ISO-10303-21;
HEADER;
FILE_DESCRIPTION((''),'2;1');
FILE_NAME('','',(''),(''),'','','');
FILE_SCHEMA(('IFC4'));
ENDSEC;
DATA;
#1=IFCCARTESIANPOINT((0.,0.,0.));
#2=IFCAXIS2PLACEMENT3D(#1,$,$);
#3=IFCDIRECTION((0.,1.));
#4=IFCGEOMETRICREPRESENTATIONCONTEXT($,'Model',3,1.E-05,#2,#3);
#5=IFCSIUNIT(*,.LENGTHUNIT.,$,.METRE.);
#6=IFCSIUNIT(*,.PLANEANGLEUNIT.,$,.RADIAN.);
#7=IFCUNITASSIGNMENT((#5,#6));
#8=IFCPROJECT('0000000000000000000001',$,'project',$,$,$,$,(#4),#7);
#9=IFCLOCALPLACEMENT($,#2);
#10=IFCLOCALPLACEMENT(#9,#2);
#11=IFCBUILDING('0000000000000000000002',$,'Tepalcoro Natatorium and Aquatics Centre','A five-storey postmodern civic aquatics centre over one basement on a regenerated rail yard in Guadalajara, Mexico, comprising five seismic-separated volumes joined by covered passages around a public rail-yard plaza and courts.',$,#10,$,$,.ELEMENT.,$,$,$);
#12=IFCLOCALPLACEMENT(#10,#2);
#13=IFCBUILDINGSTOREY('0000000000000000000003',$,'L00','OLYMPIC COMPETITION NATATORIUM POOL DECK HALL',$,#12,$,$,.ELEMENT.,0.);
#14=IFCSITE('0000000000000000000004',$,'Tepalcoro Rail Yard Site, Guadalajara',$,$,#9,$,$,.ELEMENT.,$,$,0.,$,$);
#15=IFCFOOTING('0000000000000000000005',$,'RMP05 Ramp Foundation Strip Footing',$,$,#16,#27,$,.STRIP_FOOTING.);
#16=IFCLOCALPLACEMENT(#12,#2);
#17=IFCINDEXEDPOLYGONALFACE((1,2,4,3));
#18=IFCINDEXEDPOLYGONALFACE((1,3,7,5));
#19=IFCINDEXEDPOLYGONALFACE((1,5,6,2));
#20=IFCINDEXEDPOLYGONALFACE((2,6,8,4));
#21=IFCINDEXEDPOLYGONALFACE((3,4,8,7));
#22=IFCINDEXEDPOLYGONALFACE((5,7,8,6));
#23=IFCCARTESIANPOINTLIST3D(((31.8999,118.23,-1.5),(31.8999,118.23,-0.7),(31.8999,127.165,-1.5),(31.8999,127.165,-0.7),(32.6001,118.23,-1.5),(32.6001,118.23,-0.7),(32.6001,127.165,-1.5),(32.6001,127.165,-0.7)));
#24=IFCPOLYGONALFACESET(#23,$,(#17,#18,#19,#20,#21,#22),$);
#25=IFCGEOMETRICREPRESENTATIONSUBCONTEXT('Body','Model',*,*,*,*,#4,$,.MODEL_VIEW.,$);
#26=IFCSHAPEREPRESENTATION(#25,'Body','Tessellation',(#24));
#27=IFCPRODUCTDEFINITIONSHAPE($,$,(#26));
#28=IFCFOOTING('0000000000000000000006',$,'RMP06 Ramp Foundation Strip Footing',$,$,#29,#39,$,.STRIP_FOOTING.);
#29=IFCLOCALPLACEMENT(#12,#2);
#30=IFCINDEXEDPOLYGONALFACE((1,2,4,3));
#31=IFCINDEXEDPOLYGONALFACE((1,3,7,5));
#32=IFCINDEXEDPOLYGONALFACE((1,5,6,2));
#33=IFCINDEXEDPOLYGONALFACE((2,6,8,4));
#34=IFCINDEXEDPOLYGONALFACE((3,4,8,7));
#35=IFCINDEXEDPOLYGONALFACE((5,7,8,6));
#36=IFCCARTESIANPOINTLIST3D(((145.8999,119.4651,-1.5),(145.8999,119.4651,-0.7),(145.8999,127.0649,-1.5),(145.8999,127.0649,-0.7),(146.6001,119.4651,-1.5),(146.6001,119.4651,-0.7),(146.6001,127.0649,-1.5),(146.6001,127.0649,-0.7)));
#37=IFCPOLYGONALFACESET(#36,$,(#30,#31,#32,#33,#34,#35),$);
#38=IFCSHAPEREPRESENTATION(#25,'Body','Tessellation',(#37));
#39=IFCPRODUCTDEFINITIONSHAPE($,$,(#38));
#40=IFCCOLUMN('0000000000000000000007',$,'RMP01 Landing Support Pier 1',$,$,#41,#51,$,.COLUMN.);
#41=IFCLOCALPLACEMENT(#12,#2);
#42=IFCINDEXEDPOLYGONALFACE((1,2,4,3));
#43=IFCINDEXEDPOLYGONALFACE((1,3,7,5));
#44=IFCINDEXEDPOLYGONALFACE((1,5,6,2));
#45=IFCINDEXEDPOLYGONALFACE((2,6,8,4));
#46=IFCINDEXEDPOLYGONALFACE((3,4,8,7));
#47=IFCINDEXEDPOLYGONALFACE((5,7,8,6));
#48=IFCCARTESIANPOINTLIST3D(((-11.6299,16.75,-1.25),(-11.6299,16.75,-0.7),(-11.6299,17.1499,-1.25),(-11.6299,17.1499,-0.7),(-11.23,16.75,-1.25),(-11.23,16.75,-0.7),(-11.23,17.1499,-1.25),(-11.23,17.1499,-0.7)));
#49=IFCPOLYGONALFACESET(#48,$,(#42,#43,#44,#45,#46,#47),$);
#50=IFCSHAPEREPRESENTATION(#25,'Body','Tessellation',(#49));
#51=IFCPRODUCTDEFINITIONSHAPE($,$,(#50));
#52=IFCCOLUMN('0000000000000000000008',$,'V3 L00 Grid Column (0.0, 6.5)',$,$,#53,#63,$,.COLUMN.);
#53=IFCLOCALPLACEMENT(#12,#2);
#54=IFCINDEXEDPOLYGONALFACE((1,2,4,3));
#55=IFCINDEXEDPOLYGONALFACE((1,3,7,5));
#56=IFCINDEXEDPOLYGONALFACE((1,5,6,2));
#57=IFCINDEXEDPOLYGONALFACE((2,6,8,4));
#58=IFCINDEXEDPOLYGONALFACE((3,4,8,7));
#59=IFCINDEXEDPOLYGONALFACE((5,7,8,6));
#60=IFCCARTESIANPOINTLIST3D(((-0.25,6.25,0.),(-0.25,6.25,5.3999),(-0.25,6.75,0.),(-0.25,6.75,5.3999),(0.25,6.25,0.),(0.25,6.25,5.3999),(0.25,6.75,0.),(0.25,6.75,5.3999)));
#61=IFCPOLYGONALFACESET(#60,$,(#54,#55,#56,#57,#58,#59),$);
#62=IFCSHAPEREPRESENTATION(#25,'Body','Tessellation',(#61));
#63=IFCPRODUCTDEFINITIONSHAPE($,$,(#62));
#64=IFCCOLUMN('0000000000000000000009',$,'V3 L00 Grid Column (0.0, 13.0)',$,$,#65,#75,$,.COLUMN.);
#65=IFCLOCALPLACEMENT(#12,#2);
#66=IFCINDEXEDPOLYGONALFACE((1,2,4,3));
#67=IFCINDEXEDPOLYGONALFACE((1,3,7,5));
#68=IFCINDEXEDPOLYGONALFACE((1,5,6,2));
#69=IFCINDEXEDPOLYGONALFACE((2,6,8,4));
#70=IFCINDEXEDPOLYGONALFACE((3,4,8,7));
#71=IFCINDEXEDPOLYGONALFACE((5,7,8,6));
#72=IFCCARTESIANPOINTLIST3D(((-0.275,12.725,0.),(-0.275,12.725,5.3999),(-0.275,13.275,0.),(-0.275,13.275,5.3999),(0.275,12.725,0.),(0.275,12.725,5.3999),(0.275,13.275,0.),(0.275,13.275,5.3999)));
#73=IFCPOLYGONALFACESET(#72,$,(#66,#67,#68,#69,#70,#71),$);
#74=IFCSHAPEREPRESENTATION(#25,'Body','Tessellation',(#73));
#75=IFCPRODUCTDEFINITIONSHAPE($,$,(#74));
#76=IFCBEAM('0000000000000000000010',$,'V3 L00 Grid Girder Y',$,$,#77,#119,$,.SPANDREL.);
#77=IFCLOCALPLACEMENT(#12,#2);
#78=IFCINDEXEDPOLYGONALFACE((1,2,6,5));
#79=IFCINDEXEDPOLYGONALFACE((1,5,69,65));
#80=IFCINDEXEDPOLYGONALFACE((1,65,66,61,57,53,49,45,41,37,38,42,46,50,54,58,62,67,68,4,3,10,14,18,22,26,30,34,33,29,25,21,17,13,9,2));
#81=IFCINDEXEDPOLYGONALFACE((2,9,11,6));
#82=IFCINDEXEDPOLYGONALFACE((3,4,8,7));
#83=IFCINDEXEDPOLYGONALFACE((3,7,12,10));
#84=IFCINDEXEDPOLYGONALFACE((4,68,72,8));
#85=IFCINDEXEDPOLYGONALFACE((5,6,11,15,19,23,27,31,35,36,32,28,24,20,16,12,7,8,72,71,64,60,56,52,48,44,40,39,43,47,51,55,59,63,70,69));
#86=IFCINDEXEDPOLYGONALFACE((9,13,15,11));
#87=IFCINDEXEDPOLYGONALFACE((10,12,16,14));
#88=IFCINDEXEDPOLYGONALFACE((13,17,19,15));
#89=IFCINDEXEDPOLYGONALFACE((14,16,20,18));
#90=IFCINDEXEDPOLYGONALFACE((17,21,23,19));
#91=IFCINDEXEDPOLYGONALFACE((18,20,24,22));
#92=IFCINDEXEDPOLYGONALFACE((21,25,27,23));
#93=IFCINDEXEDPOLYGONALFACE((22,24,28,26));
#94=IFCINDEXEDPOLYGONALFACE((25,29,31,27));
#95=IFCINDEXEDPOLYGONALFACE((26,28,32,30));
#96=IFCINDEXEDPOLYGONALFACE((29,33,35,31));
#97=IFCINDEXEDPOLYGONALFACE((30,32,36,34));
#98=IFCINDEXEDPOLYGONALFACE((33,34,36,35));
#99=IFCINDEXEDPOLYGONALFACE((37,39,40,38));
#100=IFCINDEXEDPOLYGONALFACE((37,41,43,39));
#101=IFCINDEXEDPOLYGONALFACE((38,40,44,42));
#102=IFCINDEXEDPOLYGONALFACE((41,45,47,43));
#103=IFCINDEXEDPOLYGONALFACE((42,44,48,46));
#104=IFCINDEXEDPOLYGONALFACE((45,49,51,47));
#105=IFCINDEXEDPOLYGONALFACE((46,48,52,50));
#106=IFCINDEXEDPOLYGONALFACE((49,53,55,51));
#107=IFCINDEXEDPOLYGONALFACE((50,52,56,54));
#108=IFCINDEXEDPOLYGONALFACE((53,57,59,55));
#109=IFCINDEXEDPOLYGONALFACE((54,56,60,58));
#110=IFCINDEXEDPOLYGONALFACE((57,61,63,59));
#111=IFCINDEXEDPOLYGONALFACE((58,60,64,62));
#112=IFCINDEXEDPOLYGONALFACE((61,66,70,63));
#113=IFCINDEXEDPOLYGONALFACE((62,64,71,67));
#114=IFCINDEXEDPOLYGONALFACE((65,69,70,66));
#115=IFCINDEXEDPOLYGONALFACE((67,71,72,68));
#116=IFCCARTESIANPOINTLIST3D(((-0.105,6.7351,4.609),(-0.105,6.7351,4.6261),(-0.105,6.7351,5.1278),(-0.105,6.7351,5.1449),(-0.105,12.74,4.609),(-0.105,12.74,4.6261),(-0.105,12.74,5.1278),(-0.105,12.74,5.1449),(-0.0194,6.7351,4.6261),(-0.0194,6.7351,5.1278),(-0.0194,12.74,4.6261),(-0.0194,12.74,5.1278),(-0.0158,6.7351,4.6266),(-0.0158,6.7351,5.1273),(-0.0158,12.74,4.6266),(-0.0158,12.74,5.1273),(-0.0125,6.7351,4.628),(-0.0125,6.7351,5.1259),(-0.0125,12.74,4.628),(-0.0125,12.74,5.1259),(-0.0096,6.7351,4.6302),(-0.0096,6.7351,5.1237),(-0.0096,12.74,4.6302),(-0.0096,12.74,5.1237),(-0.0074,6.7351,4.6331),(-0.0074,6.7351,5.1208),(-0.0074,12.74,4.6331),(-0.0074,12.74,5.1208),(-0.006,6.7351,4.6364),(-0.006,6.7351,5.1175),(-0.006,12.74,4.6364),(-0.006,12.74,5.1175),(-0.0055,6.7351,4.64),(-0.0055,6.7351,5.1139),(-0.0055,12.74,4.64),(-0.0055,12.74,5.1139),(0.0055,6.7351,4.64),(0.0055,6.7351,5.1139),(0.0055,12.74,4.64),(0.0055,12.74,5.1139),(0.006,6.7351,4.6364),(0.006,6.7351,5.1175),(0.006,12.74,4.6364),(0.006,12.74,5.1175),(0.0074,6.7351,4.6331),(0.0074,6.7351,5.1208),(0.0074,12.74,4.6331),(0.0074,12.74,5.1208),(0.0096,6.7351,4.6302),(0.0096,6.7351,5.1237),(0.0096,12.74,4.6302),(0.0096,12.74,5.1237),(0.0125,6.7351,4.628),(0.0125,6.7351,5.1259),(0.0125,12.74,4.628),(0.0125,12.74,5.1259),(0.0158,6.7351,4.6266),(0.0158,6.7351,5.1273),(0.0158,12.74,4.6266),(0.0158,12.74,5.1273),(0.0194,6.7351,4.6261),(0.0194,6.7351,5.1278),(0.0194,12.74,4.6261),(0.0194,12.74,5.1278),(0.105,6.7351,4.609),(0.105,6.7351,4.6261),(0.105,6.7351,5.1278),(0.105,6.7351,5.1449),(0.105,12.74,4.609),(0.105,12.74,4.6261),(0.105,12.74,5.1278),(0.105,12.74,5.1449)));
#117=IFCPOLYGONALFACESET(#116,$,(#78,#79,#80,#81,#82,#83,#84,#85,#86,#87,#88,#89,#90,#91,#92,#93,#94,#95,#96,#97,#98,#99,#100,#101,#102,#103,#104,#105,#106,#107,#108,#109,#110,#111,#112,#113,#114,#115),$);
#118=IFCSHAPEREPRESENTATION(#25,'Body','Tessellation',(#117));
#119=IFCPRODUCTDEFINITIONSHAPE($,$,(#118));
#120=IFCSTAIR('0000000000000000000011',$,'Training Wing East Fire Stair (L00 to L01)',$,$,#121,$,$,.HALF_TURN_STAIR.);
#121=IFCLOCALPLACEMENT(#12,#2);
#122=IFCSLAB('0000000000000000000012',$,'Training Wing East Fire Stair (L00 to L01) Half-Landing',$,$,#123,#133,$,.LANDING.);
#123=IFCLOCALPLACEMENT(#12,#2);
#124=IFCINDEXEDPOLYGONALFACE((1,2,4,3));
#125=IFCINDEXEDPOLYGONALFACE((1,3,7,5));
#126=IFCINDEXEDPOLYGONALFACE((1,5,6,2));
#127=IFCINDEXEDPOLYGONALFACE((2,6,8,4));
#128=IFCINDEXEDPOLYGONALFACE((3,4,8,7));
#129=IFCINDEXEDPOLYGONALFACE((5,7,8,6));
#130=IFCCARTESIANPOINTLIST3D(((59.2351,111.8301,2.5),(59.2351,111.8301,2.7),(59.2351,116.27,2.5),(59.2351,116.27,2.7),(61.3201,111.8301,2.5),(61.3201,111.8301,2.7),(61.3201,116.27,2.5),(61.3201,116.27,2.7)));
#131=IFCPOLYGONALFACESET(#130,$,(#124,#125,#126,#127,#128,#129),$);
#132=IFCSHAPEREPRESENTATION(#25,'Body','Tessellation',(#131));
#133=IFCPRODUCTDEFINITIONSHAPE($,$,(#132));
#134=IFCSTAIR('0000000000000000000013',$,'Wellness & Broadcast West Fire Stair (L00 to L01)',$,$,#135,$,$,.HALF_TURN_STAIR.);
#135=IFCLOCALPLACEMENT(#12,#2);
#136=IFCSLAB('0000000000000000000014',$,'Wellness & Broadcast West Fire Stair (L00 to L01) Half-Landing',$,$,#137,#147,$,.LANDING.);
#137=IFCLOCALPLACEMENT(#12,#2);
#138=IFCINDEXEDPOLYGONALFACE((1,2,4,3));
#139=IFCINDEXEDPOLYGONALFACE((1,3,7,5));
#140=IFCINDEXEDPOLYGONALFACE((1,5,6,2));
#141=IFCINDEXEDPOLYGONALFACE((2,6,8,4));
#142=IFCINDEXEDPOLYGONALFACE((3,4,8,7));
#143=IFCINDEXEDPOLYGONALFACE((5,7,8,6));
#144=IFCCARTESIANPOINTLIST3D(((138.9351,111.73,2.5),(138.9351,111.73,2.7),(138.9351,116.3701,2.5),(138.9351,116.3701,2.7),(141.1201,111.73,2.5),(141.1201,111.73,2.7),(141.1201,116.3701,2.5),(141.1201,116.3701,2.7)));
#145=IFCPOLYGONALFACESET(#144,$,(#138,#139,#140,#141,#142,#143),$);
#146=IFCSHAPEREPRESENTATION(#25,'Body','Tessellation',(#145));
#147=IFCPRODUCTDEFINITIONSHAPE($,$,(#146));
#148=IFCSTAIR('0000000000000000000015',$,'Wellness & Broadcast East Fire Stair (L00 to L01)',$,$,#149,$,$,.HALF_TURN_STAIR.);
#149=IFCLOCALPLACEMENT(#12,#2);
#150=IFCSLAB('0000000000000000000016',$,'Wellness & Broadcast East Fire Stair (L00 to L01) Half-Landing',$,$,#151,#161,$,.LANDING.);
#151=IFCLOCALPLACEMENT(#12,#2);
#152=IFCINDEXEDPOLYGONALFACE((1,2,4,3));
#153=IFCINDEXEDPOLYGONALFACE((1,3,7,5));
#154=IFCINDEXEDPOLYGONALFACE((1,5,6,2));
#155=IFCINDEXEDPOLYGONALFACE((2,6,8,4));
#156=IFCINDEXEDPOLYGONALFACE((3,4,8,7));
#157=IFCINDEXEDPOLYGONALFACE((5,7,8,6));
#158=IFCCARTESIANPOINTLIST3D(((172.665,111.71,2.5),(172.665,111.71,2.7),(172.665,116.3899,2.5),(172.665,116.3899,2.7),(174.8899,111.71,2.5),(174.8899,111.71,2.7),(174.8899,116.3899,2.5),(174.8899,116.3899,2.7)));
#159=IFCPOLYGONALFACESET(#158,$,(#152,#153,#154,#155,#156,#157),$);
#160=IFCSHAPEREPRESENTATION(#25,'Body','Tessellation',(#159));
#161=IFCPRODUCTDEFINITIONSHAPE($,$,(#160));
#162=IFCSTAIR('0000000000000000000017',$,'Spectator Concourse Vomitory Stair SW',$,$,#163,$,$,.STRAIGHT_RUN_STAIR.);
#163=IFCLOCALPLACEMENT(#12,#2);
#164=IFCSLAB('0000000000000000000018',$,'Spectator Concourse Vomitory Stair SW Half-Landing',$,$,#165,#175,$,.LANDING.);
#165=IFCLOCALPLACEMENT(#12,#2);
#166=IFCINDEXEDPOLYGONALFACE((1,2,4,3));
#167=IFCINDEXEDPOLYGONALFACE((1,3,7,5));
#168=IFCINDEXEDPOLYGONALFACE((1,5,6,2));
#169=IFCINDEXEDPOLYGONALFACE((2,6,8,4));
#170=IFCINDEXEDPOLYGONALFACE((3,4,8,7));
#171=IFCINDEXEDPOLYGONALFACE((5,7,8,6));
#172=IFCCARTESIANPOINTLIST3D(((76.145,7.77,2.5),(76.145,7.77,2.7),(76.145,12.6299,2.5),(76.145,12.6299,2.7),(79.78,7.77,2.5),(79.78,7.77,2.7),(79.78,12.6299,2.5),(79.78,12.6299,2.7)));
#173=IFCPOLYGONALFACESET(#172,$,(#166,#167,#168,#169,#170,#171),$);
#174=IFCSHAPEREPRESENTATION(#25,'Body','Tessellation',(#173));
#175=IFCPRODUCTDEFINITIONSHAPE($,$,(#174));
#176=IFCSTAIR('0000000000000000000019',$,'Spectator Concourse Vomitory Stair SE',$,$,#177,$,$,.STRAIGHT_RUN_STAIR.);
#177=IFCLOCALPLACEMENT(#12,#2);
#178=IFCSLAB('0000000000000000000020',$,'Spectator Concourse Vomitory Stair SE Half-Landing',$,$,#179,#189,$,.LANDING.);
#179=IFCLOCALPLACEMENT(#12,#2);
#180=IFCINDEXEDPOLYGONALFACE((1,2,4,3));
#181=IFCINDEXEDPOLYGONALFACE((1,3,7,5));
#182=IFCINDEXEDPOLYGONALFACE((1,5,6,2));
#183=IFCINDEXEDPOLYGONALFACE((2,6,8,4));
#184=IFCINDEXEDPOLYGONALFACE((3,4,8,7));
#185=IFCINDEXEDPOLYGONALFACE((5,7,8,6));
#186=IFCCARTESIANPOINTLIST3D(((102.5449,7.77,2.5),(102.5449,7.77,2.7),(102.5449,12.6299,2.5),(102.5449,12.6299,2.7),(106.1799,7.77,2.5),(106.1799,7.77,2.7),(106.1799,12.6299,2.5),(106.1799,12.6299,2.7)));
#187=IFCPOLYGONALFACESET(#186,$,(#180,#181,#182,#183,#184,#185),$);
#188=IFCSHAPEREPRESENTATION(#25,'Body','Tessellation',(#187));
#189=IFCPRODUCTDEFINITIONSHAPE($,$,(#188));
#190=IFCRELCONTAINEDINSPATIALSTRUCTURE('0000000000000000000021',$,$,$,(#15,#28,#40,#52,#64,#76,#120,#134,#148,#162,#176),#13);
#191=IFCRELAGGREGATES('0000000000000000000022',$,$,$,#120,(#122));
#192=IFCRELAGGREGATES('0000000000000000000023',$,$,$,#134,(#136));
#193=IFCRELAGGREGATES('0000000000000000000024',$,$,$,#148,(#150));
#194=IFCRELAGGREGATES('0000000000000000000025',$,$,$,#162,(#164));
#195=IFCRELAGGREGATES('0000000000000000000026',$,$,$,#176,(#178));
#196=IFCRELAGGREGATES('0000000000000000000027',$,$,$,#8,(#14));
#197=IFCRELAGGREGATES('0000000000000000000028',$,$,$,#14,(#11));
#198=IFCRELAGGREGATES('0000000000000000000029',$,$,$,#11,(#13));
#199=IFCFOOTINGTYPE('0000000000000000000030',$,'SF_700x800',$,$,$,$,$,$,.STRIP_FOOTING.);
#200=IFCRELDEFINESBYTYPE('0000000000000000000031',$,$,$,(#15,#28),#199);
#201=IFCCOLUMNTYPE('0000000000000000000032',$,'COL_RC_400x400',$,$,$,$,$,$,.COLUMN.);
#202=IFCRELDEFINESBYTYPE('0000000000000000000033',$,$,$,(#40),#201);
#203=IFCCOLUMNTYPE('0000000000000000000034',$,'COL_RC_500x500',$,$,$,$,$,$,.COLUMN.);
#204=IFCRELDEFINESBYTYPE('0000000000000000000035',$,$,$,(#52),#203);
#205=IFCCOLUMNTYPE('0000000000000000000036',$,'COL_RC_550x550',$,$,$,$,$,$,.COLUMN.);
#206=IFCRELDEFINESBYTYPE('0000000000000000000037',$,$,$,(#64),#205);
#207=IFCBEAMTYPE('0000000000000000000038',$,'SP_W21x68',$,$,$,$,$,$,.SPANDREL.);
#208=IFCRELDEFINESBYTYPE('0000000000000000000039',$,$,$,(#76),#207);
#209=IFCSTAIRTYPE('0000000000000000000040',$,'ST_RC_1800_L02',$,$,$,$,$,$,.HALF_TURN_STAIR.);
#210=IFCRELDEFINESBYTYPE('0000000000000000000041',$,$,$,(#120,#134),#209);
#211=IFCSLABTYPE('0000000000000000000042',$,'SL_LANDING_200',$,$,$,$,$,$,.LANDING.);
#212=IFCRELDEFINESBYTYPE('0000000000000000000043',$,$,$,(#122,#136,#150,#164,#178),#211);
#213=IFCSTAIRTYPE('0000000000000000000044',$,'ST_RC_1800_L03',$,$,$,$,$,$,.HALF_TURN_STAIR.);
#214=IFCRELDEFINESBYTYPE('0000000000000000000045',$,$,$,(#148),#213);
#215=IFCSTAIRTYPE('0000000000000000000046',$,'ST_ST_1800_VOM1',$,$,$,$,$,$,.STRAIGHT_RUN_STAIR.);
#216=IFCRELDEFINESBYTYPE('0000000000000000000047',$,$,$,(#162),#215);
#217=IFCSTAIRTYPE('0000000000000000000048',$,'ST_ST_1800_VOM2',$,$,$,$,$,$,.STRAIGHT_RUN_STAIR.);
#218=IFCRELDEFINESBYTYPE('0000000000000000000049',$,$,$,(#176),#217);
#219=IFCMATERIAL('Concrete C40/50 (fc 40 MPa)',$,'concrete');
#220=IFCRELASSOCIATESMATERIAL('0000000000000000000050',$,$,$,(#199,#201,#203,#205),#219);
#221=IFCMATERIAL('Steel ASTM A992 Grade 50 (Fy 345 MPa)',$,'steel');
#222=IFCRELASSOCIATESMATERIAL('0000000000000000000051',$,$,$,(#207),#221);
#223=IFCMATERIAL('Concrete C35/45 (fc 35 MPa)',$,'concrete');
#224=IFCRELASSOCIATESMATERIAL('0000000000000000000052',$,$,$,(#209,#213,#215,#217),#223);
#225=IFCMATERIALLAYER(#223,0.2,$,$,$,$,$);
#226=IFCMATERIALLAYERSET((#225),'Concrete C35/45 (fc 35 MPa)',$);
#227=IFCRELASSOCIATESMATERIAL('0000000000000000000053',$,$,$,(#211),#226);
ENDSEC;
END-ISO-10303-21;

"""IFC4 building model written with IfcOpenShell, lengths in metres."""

from ifc_helpers import new_model, si_unit, direction, frame, origin, origin_2d, place, context, subcontext, project, spatial, polyline, rectangle, i_section, outline, extrude, material, layer, layer_set, material_profile, profile_set, type_object, element, aggregate, save


model = new_model("IFC4")

# Units and contexts
model_context = context("Model", 3, precision=1e-05, world=origin(), true_north=direction((0.0, 1.0)))
body_context = subcontext(model_context, "Body", "Model", "MODEL_VIEW")
ifc_project = project(units=[si_unit("LENGTHUNIT", "METRE"), si_unit("PLANEANGLEUNIT", "RADIAN")], contexts=[model_context])

# Site, building, storey
site_placement = place(None, origin())
site = spatial("IfcSite", under=ifc_project, at=site_placement, Name="Tepalcoro Rail Yard Site, Guadalajara", CompositionType="ELEMENT", RefElevation=0.0)
building_placement = place(site_placement, origin())
building = spatial("IfcBuilding", under=site, at=building_placement, Name="Tepalcoro Natatorium and Aquatics Centre", Description="A five-storey postmodern civic aquatics centre over one basement on a regenerated rail yard in Guadalajara, Mexico, comprising five seismic-separated volumes joined by covered passages around a public rail-yard plaza and courts.", CompositionType="ELEMENT")
storey_placement = place(building_placement, origin())
storey = spatial("IfcBuildingStorey", under=building, at=storey_placement, Name="L00", Description="OLYMPIC COMPETITION NATATORIUM POOL DECK HALL", CompositionType="ELEMENT", Elevation=0.0)

# Shared definitions
ifc_material_1 = material(Name="Concrete C40/50 (fc 40 MPa)", Category="concrete")

# Footings
footing_type = type_object("IfcFootingType", Name="SF_700x800", PredefinedType="STRIP_FOOTING", material=ifc_material_1)
footing_1_placement = place(storey_placement, frame((0.0, 0.0, -1.5)))
element("IfcFooting", 1, at=footing_1_placement, inside=storey, type_object=footing_type, Name="RMP05 Ramp Foundation Strip Footing", PredefinedType="STRIP_FOOTING", context=body_context, shape_type="SweptSolid", body=[
    extrude(outline(polyline([(32.6001, 118.23), (31.8999, 118.23), (31.8999, 127.165), (32.6001, 127.165), (32.6001, 118.23)])), origin(), (0.0, 0.0, 1.0), 0.8),
])
footing_2_placement = place(storey_placement, frame((0.0, 0.0, -1.5)))
element("IfcFooting", 2, at=footing_2_placement, inside=storey, type_object=footing_type, Name="RMP06 Ramp Foundation Strip Footing", PredefinedType="STRIP_FOOTING", context=body_context, shape_type="SweptSolid", body=[
    extrude(outline(polyline([(145.8999, 127.0649), (146.6001, 127.0649), (146.6001, 119.4651), (145.8999, 119.4651), (145.8999, 127.0649)])), origin(), (0.0, 0.0, 1.0), 0.8),
])

# Columns
ifc_material_profile_1 = material_profile(ifc_material_1, rectangle(XDim=0.3999, YDim=0.3999, at=origin_2d()), Name="RC400x400")
ifc_profile_set_1 = profile_set([ifc_material_profile_1], Name="Concrete C40/50 (fc 40 MPa)")
column_type_1 = type_object("IfcColumnType", Name="COL_RC_400x400", PredefinedType="COLUMN", material=ifc_profile_set_1)
column_1_placement = place(storey_placement, frame((-11.4299, 16.95, -1.25), z_axis=(0.0, 0.0, 1.0), x_axis=(1.0, 0.0, 0.0)))
element("IfcColumn", 3, at=column_1_placement, inside=storey, type_object=column_type_1, Name="RMP01 Landing Support Pier 1", PredefinedType="COLUMN", context=body_context, shape_type="SweptSolid", body=[
    extrude(rectangle(XDim=0.3999, YDim=0.3999, at=origin_2d()), origin(), (0.0, 0.0, 1.0), 0.55),
])
ifc_material_profile_2 = material_profile(ifc_material_1, rectangle(XDim=0.5, YDim=0.5, at=origin_2d()), Name="RC500x500")
ifc_profile_set_2 = profile_set([ifc_material_profile_2], Name="Concrete C40/50 (fc 40 MPa)")
column_type_2 = type_object("IfcColumnType", Name="COL_RC_500x500", PredefinedType="COLUMN", material=ifc_profile_set_2)
column_2_placement = place(storey_placement, frame((0.0, 6.5, 0.0), z_axis=(0.0, 0.0, 1.0), x_axis=(1.0, 0.0, 0.0)))
element("IfcColumn", 4, at=column_2_placement, inside=storey, type_object=column_type_2, Name="V3 L00 Grid Column (0.0, 6.5)", PredefinedType="COLUMN", context=body_context, shape_type="SweptSolid", body=[
    extrude(rectangle(XDim=0.5, YDim=0.5, at=origin_2d()), origin(), (0.0, 0.0, 1.0), 5.3999),
])
ifc_material_profile_3 = material_profile(ifc_material_1, rectangle(XDim=0.55, YDim=0.55, at=origin_2d()), Name="RC550x550")
ifc_profile_set_3 = profile_set([ifc_material_profile_3], Name="Concrete C40/50 (fc 40 MPa)")
column_type_3 = type_object("IfcColumnType", Name="COL_RC_550x550", PredefinedType="COLUMN", material=ifc_profile_set_3)
column_3_placement = place(storey_placement, frame((0.0, 13.0, 0.0), z_axis=(0.0, 0.0, 1.0), x_axis=(1.0, 0.0, 0.0)))
element("IfcColumn", 5, at=column_3_placement, inside=storey, type_object=column_type_3, Name="V3 L00 Grid Column (0.0, 13.0)", PredefinedType="COLUMN", context=body_context, shape_type="SweptSolid", body=[
    extrude(rectangle(XDim=0.55, YDim=0.55, at=origin_2d()), origin(), (0.0, 0.0, 1.0), 5.3999),
])

# Beam
ifc_material_2 = material(Name="Steel ASTM A992 Grade 50 (Fy 345 MPa)", Category="steel")
ifc_material_profile_4 = material_profile(ifc_material_2, i_section(OverallWidth=0.21, OverallDepth=0.5359, WebThickness=0.011, FlangeThickness=0.0171, FilletRadius=0.0139, at=origin_2d()), Name="W21X68")
ifc_profile_set_4 = profile_set([ifc_material_profile_4], Name="Steel ASTM A992 Grade 50 (Fy 345 MPa)")
beam_type = type_object("IfcBeamType", Name="SP_W21x68", PredefinedType="SPANDREL", material=ifc_profile_set_4)
beam_placement = place(storey_placement, frame((0.0, 6.7351, 4.877), z_axis=(0.0, 1.0, 0.0), x_axis=(-1.0, 0.0, 0.0)))
element("IfcBeam", 6, at=beam_placement, inside=storey, type_object=beam_type, Name="V3 L00 Grid Girder Y", PredefinedType="SPANDREL", context=body_context, shape_type="SweptSolid", body=[
    extrude(i_section(OverallWidth=0.21, OverallDepth=0.5359, WebThickness=0.011, FlangeThickness=0.0171, FilletRadius=0.0139, at=origin_2d()), origin(), (0.0, 0.0, 1.0), 6.0049),
])

# Stairs, slabs
ifc_material_3 = material(Name="Concrete C35/45 (fc 35 MPa)", Category="concrete")
stair_type_1 = type_object("IfcStairType", Name="ST_RC_1800_L02", PredefinedType="HALF_TURN_STAIR", material=ifc_material_3)
stair_1_placement = place(storey_placement, origin())
stair_1 = element("IfcStair", 7, at=stair_1_placement, inside=storey, type_object=stair_type_1, Name="Training Wing East Fire Stair (L00 to L01)", PredefinedType="HALF_TURN_STAIR")
ifc_layer_1 = layer(ifc_material_3, 0.2)
ifc_layer_set_1 = layer_set([ifc_layer_1], Name="Concrete C35/45 (fc 35 MPa)")
slab_type = type_object("IfcSlabType", Name="SL_LANDING_200", PredefinedType="LANDING", material=ifc_layer_set_1)
slab_1_placement = place(storey_placement, frame((0.0, 0.0, 2.5)))
slab_1 = element("IfcSlab", 8, at=slab_1_placement, type_object=slab_type, Name="Training Wing East Fire Stair (L00 to L01) Half-Landing", PredefinedType="LANDING", context=body_context, shape_type="SweptSolid", body=[
    extrude(outline(polyline([(59.2351, 111.8301), (61.3201, 111.8301), (61.3201, 116.27), (59.2351, 116.27), (59.2351, 111.8301)])), origin(), (0.0, 0.0, 1.0), 0.2),
])
aggregate(stair_1, [slab_1])
stair_2_placement = place(storey_placement, origin())
stair_2 = element("IfcStair", 9, at=stair_2_placement, inside=storey, type_object=stair_type_1, Name="Wellness & Broadcast West Fire Stair (L00 to L01)", PredefinedType="HALF_TURN_STAIR")
slab_2_placement = place(storey_placement, frame((0.0, 0.0, 2.5)))
slab_2 = element("IfcSlab", 10, at=slab_2_placement, type_object=slab_type, Name="Wellness & Broadcast West Fire Stair (L00 to L01) Half-Landing", PredefinedType="LANDING", context=body_context, shape_type="SweptSolid", body=[
    extrude(outline(polyline([(138.9351, 111.73), (141.1201, 111.73), (141.1201, 116.3701), (138.9351, 116.3701), (138.9351, 111.73)])), origin(), (0.0, 0.0, 1.0), 0.2),
])
aggregate(stair_2, [slab_2])
stair_type_2 = type_object("IfcStairType", Name="ST_RC_1800_L03", PredefinedType="HALF_TURN_STAIR", material=ifc_material_3)
stair_3_placement = place(storey_placement, origin())
stair_3 = element("IfcStair", 11, at=stair_3_placement, inside=storey, type_object=stair_type_2, Name="Wellness & Broadcast East Fire Stair (L00 to L01)", PredefinedType="HALF_TURN_STAIR")
slab_3_placement = place(storey_placement, frame((0.0, 0.0, 2.5)))
slab_3 = element("IfcSlab", 12, at=slab_3_placement, type_object=slab_type, Name="Wellness & Broadcast East Fire Stair (L00 to L01) Half-Landing", PredefinedType="LANDING", context=body_context, shape_type="SweptSolid", body=[
    extrude(outline(polyline([(172.665, 111.71), (174.8899, 111.71), (174.8899, 116.3899), (172.665, 116.3899), (172.665, 111.71)])), origin(), (0.0, 0.0, 1.0), 0.2),
])
aggregate(stair_3, [slab_3])
stair_type_3 = type_object("IfcStairType", Name="ST_ST_1800_VOM1", PredefinedType="STRAIGHT_RUN_STAIR", material=ifc_material_3)
stair_4_placement = place(storey_placement, origin())
stair_4 = element("IfcStair", 13, at=stair_4_placement, inside=storey, type_object=stair_type_3, Name="Spectator Concourse Vomitory Stair SW", PredefinedType="STRAIGHT_RUN_STAIR")
slab_4_placement = place(storey_placement, frame((0.0, 0.0, 2.5)))
slab_4 = element("IfcSlab", 14, at=slab_4_placement, type_object=slab_type, Name="Spectator Concourse Vomitory Stair SW Half-Landing", PredefinedType="LANDING", context=body_context, shape_type="SweptSolid", body=[
    extrude(outline(polyline([(76.145, 7.77), (79.78, 7.77), (79.78, 12.6299), (76.145, 12.6299), (76.145, 7.77)])), origin(), (0.0, 0.0, 1.0), 0.2),
])
aggregate(stair_4, [slab_4])
stair_type_4 = type_object("IfcStairType", Name="ST_ST_1800_VOM2", PredefinedType="STRAIGHT_RUN_STAIR", material=ifc_material_3)
stair_5_placement = place(storey_placement, origin())
stair_5 = element("IfcStair", 15, at=stair_5_placement, inside=storey, type_object=stair_type_4, Name="Spectator Concourse Vomitory Stair SE", PredefinedType="STRAIGHT_RUN_STAIR")
slab_5_placement = place(storey_placement, frame((0.0, 0.0, 2.5)))
slab_5 = element("IfcSlab", 16, at=slab_5_placement, type_object=slab_type, Name="Spectator Concourse Vomitory Stair SE Half-Landing", PredefinedType="LANDING", context=body_context, shape_type="SweptSolid", body=[
    extrude(outline(polyline([(102.5449, 7.77), (106.1799, 7.77), (106.1799, 12.6299), (102.5449, 12.6299), (102.5449, 7.77)])), origin(), (0.0, 0.0, 1.0), 0.2),
])
aggregate(stair_5, [slab_5])

save(model, "model.ifc")
